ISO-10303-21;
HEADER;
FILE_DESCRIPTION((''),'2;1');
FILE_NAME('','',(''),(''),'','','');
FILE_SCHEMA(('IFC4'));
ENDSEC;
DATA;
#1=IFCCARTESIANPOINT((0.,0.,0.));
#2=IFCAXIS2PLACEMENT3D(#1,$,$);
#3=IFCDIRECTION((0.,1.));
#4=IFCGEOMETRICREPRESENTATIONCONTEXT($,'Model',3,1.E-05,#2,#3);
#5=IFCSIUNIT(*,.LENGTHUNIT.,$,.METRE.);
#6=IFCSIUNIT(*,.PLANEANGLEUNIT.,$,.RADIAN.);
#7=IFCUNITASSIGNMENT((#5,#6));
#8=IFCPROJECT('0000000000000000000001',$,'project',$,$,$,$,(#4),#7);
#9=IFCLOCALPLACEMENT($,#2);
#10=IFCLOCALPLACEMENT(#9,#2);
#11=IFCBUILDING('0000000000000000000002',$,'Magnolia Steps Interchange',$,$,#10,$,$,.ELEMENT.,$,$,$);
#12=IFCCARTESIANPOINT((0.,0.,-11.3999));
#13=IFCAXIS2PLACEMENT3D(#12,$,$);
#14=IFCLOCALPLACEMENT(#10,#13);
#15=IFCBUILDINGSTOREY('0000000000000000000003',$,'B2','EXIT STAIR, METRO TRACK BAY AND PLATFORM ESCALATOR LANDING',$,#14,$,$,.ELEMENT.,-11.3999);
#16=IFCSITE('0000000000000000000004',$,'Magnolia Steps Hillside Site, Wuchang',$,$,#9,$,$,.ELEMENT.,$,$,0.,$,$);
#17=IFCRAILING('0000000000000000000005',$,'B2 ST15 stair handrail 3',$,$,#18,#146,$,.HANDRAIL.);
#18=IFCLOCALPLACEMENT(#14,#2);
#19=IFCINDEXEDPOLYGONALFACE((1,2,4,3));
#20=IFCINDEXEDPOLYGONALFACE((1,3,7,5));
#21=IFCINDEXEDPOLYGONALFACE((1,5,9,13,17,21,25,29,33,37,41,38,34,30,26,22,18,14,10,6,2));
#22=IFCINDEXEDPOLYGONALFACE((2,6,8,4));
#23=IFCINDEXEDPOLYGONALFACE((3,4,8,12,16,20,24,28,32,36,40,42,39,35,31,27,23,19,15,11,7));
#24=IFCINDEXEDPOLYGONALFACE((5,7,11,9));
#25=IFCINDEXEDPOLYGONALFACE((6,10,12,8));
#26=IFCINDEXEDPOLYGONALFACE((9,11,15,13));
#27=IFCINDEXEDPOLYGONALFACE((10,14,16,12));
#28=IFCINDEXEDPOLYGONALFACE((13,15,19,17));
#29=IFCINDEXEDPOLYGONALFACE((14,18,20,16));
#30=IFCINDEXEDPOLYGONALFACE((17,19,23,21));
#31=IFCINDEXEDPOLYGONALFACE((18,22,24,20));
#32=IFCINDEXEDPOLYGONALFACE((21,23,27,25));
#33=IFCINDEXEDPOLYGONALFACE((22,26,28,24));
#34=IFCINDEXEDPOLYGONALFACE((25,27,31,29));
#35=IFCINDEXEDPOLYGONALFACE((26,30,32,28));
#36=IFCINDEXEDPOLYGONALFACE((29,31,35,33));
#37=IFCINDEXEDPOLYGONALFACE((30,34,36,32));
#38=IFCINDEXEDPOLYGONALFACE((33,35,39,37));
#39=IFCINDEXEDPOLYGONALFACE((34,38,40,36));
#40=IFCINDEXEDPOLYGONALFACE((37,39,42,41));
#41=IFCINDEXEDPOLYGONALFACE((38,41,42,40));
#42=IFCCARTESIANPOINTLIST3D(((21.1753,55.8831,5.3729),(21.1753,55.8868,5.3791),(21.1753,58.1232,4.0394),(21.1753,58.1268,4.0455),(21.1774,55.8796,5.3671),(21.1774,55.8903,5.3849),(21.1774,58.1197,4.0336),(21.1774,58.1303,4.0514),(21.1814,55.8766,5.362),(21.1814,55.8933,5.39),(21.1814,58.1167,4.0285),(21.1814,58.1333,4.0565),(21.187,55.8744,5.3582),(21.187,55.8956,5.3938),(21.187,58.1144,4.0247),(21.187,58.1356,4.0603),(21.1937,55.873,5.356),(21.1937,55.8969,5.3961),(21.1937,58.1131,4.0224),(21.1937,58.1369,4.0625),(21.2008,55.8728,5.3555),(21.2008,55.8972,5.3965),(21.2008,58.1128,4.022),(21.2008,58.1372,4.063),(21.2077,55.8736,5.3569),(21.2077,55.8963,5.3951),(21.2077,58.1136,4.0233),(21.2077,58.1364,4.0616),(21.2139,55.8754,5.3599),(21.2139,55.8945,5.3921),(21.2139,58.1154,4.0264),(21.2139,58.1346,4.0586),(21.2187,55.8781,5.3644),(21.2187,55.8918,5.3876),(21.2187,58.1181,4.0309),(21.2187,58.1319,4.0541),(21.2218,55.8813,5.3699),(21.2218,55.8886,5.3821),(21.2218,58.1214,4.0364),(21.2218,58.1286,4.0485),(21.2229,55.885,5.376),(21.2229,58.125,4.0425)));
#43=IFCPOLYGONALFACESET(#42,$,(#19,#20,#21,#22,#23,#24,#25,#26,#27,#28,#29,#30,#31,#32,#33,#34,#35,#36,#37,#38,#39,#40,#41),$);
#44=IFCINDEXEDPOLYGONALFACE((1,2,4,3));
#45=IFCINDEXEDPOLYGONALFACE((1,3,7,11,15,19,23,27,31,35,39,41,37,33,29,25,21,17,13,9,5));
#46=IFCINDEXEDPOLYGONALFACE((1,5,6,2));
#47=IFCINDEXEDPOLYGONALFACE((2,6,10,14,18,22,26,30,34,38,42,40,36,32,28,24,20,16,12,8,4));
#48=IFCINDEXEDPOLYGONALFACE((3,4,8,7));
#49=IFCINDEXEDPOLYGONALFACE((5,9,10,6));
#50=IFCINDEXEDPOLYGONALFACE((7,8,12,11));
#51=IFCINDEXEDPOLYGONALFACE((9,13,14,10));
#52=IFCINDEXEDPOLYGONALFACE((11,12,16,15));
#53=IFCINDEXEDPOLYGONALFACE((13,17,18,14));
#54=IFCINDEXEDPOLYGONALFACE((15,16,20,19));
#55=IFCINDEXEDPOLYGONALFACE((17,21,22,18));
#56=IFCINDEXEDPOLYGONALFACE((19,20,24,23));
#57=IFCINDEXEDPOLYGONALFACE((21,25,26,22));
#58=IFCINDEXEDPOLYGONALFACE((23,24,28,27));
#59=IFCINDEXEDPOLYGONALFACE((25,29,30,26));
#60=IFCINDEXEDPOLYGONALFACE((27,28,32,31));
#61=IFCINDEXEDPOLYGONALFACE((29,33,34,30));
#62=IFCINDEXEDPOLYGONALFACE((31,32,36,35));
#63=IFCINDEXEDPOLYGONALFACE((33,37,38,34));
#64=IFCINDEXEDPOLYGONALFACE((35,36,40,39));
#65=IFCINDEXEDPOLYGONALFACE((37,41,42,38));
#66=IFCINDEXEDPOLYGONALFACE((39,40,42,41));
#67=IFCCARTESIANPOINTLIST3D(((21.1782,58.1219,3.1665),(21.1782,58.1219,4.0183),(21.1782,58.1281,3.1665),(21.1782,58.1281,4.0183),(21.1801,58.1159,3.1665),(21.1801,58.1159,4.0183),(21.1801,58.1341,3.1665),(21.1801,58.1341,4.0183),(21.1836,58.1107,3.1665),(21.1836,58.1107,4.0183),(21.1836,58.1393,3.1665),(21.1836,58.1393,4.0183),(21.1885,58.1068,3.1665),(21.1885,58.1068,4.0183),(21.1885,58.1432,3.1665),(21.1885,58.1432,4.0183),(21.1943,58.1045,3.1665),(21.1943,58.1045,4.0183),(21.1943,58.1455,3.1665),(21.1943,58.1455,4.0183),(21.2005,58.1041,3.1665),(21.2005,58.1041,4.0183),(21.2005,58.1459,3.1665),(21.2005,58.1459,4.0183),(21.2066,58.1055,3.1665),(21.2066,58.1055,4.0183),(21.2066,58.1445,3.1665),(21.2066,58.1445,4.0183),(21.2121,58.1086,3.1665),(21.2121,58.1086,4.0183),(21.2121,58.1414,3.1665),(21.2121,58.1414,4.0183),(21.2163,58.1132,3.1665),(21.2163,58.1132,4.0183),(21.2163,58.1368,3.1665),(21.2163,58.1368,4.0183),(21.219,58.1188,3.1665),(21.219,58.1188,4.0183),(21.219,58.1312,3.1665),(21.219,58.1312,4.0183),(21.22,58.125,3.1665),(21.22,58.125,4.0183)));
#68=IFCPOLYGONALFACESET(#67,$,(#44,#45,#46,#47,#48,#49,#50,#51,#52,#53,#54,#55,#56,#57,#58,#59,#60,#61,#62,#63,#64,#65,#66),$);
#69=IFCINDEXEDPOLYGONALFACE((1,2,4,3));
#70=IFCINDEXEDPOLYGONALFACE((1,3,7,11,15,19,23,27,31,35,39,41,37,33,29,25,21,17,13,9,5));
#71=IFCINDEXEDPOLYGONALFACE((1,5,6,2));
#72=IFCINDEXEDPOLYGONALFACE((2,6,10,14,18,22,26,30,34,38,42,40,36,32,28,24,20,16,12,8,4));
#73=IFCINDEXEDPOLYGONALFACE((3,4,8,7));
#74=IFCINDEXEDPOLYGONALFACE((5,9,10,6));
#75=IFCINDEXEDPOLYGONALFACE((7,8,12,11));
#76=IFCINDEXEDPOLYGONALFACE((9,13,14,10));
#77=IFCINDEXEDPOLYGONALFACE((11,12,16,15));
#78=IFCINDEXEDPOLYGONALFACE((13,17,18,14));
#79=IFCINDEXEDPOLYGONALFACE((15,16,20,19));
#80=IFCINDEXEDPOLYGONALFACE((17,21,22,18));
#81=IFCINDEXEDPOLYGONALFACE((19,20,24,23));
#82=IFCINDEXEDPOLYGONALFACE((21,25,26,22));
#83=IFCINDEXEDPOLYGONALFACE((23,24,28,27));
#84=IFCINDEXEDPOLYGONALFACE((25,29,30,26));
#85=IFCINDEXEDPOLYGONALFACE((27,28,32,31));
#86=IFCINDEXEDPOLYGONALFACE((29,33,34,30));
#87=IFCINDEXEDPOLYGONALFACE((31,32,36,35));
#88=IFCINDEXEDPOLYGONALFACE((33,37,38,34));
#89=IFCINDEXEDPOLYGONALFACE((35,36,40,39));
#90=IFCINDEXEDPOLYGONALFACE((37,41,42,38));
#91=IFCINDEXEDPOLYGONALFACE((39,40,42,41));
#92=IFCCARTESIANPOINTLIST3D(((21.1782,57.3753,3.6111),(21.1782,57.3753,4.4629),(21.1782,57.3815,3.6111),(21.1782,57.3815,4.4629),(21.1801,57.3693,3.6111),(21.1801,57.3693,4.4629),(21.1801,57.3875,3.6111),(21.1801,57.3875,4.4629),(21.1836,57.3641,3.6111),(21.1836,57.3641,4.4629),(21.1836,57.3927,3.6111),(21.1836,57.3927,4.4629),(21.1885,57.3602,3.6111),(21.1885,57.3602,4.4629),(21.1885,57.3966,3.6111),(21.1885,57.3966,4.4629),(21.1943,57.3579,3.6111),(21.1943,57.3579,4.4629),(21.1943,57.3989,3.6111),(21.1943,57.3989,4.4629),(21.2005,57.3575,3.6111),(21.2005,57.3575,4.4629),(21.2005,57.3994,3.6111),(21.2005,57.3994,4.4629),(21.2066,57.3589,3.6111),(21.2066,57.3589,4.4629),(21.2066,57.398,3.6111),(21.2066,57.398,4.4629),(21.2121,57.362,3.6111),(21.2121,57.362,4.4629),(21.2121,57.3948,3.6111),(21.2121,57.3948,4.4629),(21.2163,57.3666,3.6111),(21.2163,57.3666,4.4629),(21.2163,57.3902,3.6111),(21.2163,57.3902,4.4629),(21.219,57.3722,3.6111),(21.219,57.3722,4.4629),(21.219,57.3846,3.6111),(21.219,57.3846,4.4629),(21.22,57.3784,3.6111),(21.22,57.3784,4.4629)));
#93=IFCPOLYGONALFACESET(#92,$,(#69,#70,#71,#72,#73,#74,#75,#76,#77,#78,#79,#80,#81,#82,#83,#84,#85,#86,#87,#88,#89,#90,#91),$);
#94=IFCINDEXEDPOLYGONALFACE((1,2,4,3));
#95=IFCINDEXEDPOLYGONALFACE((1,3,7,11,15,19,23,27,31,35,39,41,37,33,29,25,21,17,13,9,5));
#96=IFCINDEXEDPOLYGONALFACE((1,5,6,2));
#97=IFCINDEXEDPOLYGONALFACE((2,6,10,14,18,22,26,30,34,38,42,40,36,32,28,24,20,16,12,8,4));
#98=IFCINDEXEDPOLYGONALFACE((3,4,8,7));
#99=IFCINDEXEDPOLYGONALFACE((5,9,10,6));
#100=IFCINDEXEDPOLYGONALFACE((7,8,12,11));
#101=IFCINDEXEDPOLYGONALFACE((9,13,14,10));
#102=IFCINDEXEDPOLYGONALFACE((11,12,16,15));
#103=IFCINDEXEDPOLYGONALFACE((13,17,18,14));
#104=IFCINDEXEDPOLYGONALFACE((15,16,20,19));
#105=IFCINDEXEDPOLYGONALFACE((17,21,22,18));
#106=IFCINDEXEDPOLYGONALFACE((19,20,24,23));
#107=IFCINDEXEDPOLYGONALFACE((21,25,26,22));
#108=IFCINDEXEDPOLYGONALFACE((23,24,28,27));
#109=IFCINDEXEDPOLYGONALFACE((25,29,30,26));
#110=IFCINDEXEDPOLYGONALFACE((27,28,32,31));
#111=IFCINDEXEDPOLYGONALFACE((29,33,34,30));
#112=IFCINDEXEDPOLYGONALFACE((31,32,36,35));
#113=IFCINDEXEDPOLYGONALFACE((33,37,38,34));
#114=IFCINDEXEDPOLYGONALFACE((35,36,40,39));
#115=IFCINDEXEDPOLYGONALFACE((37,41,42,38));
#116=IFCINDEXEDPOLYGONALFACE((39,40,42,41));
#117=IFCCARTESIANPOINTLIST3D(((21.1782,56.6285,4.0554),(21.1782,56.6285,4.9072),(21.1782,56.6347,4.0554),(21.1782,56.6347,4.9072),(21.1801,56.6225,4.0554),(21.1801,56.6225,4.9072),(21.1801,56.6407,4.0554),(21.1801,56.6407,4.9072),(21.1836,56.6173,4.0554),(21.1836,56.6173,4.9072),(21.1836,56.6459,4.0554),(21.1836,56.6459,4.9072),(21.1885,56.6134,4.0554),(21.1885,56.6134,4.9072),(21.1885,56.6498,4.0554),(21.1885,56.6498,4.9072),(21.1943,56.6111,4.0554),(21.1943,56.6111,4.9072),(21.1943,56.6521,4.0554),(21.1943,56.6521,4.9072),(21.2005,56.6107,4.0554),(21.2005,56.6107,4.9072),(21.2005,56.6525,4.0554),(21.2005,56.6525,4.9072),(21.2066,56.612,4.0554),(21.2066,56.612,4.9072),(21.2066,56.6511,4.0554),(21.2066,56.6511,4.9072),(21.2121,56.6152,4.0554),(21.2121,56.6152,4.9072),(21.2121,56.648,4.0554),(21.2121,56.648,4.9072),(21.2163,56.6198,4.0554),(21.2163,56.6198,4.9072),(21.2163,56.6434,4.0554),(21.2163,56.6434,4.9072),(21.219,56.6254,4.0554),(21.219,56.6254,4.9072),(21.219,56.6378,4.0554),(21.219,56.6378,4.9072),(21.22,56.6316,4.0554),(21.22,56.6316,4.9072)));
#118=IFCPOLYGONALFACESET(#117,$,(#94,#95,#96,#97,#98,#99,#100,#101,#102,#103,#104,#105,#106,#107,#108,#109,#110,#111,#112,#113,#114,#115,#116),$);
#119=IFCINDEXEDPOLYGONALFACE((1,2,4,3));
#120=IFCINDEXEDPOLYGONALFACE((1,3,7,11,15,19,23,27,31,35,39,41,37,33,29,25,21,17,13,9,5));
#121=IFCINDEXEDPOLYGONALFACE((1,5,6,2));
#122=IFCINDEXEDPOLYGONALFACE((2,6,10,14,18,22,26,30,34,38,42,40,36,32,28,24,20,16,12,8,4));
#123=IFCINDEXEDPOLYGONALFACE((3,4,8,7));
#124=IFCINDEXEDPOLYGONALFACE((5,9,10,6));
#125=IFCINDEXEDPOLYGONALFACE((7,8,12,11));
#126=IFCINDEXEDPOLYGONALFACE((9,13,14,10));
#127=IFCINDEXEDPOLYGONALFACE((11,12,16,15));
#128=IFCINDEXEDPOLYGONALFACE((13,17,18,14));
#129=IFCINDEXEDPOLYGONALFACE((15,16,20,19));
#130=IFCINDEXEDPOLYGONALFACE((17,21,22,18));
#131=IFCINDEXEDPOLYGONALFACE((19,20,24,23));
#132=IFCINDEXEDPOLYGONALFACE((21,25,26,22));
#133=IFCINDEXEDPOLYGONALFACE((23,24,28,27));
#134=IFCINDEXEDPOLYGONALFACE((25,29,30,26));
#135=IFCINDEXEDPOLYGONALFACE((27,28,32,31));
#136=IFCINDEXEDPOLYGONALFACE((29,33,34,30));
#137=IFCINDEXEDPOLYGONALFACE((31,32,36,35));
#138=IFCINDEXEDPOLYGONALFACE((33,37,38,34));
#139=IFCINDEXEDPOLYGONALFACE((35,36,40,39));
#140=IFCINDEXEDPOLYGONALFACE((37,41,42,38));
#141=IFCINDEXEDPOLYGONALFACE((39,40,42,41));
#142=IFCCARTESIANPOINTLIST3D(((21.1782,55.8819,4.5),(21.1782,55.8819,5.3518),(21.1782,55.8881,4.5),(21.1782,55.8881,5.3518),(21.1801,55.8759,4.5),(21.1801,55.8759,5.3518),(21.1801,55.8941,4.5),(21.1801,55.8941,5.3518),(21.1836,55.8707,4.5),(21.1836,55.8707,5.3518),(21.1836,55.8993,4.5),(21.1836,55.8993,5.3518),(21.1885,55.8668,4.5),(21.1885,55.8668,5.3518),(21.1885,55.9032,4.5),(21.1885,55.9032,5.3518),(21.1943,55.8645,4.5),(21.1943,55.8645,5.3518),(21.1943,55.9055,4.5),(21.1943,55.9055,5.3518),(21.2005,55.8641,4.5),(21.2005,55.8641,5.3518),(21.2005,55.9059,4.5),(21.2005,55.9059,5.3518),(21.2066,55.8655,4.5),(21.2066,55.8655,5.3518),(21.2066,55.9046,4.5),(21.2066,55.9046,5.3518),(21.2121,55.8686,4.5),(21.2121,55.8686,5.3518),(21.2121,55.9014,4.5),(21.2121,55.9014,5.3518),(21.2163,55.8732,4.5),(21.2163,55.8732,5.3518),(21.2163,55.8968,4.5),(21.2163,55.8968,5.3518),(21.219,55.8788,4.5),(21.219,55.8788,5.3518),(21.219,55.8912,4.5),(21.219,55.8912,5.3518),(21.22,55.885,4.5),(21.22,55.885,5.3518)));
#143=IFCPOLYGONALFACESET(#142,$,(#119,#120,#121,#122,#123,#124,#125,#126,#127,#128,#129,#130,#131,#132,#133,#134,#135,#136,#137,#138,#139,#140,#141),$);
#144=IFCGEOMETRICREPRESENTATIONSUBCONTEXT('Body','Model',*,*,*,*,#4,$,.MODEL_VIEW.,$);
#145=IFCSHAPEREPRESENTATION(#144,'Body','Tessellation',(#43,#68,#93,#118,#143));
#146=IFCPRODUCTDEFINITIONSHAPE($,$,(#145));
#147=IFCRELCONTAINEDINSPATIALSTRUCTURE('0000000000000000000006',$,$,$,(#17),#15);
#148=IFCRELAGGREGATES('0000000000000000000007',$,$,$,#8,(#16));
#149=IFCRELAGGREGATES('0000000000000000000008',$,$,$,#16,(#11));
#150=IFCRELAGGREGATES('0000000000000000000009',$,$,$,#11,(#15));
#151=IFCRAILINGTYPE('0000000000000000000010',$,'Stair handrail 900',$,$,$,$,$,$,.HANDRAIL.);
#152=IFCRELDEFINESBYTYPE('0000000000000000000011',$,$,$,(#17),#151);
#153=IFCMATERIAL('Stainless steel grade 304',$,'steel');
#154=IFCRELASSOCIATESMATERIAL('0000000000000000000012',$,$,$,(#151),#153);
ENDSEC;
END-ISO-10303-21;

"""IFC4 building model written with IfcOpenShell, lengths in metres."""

from ifc_helpers import new_model, si_unit, direction, frame, origin, origin_2d, place, context, subcontext, project, spatial, circle, extrude, material, type_object, element, save


model = new_model("IFC4")

# Units and contexts
model_context = context("Model", 3, precision=1e-05, world=origin(), true_north=direction((0.0, 1.0)))
body_context = subcontext(model_context, "Body", "Model", "MODEL_VIEW")
ifc_project = project(units=[si_unit("LENGTHUNIT", "METRE"), si_unit("PLANEANGLEUNIT", "RADIAN")], contexts=[model_context])

# Site, building, storey
site_placement = place(None, origin())
site = spatial("IfcSite", under=ifc_project, at=site_placement, Name="Magnolia Steps Hillside Site, Wuchang", CompositionType="ELEMENT", RefElevation=0.0)
building_placement = place(site_placement, origin())
building = spatial("IfcBuilding", under=site, at=building_placement, Name="Magnolia Steps Interchange", CompositionType="ELEMENT")
storey_placement = place(building_placement, frame((0.0, 0.0, -11.3999)))
storey = spatial("IfcBuildingStorey", under=building, at=storey_placement, Name="B2", Description="EXIT STAIR, METRO TRACK BAY AND PLATFORM ESCALATOR LANDING", CompositionType="ELEMENT", Elevation=-11.3999)

# Railing
ifc_material_1 = material(Name="Stainless steel grade 304", Category="steel")
railing_type_1 = type_object("IfcRailingType", Name="Stair handrail 900", PredefinedType="HANDRAIL", material=ifc_material_1)
railing_1_placement = place(storey_placement, frame((21.199, 58.125, 3.1665)))
element("IfcRailing", 1, at=railing_1_placement, inside=storey, type_object=railing_type_1, Name="B2 ST15 stair handrail 3", PredefinedType="HANDRAIL", context=body_context, shape_type="SweptSolid", body=[
    extrude(circle(Radius=0.0239, at=origin_2d()), frame((0.0, 0.0, 0.876), z_axis=(0.0, -0.859264, 0.511532), x_axis=(1.0, 0.0, 0.0)), (0.0, 0.0, 1.0), 2.6069),
    extrude(circle(Radius=0.021, at=origin_2d()), origin(), (0.0, 0.0, 1.0), 0.8518),
    extrude(circle(Radius=0.021, at=origin_2d()), frame((0.0, -0.7466, 0.4446)), (0.0, 0.0, 1.0), 0.8518),
    extrude(circle(Radius=0.021, at=origin_2d()), frame((0.0, -1.4934, 0.8889)), (0.0, 0.0, 1.0), 0.8518),
    extrude(circle(Radius=0.021, at=origin_2d()), frame((0.0, -2.24, 1.3335)), (0.0, 0.0, 1.0), 0.8518),
])

save(model, "model.ifc")
